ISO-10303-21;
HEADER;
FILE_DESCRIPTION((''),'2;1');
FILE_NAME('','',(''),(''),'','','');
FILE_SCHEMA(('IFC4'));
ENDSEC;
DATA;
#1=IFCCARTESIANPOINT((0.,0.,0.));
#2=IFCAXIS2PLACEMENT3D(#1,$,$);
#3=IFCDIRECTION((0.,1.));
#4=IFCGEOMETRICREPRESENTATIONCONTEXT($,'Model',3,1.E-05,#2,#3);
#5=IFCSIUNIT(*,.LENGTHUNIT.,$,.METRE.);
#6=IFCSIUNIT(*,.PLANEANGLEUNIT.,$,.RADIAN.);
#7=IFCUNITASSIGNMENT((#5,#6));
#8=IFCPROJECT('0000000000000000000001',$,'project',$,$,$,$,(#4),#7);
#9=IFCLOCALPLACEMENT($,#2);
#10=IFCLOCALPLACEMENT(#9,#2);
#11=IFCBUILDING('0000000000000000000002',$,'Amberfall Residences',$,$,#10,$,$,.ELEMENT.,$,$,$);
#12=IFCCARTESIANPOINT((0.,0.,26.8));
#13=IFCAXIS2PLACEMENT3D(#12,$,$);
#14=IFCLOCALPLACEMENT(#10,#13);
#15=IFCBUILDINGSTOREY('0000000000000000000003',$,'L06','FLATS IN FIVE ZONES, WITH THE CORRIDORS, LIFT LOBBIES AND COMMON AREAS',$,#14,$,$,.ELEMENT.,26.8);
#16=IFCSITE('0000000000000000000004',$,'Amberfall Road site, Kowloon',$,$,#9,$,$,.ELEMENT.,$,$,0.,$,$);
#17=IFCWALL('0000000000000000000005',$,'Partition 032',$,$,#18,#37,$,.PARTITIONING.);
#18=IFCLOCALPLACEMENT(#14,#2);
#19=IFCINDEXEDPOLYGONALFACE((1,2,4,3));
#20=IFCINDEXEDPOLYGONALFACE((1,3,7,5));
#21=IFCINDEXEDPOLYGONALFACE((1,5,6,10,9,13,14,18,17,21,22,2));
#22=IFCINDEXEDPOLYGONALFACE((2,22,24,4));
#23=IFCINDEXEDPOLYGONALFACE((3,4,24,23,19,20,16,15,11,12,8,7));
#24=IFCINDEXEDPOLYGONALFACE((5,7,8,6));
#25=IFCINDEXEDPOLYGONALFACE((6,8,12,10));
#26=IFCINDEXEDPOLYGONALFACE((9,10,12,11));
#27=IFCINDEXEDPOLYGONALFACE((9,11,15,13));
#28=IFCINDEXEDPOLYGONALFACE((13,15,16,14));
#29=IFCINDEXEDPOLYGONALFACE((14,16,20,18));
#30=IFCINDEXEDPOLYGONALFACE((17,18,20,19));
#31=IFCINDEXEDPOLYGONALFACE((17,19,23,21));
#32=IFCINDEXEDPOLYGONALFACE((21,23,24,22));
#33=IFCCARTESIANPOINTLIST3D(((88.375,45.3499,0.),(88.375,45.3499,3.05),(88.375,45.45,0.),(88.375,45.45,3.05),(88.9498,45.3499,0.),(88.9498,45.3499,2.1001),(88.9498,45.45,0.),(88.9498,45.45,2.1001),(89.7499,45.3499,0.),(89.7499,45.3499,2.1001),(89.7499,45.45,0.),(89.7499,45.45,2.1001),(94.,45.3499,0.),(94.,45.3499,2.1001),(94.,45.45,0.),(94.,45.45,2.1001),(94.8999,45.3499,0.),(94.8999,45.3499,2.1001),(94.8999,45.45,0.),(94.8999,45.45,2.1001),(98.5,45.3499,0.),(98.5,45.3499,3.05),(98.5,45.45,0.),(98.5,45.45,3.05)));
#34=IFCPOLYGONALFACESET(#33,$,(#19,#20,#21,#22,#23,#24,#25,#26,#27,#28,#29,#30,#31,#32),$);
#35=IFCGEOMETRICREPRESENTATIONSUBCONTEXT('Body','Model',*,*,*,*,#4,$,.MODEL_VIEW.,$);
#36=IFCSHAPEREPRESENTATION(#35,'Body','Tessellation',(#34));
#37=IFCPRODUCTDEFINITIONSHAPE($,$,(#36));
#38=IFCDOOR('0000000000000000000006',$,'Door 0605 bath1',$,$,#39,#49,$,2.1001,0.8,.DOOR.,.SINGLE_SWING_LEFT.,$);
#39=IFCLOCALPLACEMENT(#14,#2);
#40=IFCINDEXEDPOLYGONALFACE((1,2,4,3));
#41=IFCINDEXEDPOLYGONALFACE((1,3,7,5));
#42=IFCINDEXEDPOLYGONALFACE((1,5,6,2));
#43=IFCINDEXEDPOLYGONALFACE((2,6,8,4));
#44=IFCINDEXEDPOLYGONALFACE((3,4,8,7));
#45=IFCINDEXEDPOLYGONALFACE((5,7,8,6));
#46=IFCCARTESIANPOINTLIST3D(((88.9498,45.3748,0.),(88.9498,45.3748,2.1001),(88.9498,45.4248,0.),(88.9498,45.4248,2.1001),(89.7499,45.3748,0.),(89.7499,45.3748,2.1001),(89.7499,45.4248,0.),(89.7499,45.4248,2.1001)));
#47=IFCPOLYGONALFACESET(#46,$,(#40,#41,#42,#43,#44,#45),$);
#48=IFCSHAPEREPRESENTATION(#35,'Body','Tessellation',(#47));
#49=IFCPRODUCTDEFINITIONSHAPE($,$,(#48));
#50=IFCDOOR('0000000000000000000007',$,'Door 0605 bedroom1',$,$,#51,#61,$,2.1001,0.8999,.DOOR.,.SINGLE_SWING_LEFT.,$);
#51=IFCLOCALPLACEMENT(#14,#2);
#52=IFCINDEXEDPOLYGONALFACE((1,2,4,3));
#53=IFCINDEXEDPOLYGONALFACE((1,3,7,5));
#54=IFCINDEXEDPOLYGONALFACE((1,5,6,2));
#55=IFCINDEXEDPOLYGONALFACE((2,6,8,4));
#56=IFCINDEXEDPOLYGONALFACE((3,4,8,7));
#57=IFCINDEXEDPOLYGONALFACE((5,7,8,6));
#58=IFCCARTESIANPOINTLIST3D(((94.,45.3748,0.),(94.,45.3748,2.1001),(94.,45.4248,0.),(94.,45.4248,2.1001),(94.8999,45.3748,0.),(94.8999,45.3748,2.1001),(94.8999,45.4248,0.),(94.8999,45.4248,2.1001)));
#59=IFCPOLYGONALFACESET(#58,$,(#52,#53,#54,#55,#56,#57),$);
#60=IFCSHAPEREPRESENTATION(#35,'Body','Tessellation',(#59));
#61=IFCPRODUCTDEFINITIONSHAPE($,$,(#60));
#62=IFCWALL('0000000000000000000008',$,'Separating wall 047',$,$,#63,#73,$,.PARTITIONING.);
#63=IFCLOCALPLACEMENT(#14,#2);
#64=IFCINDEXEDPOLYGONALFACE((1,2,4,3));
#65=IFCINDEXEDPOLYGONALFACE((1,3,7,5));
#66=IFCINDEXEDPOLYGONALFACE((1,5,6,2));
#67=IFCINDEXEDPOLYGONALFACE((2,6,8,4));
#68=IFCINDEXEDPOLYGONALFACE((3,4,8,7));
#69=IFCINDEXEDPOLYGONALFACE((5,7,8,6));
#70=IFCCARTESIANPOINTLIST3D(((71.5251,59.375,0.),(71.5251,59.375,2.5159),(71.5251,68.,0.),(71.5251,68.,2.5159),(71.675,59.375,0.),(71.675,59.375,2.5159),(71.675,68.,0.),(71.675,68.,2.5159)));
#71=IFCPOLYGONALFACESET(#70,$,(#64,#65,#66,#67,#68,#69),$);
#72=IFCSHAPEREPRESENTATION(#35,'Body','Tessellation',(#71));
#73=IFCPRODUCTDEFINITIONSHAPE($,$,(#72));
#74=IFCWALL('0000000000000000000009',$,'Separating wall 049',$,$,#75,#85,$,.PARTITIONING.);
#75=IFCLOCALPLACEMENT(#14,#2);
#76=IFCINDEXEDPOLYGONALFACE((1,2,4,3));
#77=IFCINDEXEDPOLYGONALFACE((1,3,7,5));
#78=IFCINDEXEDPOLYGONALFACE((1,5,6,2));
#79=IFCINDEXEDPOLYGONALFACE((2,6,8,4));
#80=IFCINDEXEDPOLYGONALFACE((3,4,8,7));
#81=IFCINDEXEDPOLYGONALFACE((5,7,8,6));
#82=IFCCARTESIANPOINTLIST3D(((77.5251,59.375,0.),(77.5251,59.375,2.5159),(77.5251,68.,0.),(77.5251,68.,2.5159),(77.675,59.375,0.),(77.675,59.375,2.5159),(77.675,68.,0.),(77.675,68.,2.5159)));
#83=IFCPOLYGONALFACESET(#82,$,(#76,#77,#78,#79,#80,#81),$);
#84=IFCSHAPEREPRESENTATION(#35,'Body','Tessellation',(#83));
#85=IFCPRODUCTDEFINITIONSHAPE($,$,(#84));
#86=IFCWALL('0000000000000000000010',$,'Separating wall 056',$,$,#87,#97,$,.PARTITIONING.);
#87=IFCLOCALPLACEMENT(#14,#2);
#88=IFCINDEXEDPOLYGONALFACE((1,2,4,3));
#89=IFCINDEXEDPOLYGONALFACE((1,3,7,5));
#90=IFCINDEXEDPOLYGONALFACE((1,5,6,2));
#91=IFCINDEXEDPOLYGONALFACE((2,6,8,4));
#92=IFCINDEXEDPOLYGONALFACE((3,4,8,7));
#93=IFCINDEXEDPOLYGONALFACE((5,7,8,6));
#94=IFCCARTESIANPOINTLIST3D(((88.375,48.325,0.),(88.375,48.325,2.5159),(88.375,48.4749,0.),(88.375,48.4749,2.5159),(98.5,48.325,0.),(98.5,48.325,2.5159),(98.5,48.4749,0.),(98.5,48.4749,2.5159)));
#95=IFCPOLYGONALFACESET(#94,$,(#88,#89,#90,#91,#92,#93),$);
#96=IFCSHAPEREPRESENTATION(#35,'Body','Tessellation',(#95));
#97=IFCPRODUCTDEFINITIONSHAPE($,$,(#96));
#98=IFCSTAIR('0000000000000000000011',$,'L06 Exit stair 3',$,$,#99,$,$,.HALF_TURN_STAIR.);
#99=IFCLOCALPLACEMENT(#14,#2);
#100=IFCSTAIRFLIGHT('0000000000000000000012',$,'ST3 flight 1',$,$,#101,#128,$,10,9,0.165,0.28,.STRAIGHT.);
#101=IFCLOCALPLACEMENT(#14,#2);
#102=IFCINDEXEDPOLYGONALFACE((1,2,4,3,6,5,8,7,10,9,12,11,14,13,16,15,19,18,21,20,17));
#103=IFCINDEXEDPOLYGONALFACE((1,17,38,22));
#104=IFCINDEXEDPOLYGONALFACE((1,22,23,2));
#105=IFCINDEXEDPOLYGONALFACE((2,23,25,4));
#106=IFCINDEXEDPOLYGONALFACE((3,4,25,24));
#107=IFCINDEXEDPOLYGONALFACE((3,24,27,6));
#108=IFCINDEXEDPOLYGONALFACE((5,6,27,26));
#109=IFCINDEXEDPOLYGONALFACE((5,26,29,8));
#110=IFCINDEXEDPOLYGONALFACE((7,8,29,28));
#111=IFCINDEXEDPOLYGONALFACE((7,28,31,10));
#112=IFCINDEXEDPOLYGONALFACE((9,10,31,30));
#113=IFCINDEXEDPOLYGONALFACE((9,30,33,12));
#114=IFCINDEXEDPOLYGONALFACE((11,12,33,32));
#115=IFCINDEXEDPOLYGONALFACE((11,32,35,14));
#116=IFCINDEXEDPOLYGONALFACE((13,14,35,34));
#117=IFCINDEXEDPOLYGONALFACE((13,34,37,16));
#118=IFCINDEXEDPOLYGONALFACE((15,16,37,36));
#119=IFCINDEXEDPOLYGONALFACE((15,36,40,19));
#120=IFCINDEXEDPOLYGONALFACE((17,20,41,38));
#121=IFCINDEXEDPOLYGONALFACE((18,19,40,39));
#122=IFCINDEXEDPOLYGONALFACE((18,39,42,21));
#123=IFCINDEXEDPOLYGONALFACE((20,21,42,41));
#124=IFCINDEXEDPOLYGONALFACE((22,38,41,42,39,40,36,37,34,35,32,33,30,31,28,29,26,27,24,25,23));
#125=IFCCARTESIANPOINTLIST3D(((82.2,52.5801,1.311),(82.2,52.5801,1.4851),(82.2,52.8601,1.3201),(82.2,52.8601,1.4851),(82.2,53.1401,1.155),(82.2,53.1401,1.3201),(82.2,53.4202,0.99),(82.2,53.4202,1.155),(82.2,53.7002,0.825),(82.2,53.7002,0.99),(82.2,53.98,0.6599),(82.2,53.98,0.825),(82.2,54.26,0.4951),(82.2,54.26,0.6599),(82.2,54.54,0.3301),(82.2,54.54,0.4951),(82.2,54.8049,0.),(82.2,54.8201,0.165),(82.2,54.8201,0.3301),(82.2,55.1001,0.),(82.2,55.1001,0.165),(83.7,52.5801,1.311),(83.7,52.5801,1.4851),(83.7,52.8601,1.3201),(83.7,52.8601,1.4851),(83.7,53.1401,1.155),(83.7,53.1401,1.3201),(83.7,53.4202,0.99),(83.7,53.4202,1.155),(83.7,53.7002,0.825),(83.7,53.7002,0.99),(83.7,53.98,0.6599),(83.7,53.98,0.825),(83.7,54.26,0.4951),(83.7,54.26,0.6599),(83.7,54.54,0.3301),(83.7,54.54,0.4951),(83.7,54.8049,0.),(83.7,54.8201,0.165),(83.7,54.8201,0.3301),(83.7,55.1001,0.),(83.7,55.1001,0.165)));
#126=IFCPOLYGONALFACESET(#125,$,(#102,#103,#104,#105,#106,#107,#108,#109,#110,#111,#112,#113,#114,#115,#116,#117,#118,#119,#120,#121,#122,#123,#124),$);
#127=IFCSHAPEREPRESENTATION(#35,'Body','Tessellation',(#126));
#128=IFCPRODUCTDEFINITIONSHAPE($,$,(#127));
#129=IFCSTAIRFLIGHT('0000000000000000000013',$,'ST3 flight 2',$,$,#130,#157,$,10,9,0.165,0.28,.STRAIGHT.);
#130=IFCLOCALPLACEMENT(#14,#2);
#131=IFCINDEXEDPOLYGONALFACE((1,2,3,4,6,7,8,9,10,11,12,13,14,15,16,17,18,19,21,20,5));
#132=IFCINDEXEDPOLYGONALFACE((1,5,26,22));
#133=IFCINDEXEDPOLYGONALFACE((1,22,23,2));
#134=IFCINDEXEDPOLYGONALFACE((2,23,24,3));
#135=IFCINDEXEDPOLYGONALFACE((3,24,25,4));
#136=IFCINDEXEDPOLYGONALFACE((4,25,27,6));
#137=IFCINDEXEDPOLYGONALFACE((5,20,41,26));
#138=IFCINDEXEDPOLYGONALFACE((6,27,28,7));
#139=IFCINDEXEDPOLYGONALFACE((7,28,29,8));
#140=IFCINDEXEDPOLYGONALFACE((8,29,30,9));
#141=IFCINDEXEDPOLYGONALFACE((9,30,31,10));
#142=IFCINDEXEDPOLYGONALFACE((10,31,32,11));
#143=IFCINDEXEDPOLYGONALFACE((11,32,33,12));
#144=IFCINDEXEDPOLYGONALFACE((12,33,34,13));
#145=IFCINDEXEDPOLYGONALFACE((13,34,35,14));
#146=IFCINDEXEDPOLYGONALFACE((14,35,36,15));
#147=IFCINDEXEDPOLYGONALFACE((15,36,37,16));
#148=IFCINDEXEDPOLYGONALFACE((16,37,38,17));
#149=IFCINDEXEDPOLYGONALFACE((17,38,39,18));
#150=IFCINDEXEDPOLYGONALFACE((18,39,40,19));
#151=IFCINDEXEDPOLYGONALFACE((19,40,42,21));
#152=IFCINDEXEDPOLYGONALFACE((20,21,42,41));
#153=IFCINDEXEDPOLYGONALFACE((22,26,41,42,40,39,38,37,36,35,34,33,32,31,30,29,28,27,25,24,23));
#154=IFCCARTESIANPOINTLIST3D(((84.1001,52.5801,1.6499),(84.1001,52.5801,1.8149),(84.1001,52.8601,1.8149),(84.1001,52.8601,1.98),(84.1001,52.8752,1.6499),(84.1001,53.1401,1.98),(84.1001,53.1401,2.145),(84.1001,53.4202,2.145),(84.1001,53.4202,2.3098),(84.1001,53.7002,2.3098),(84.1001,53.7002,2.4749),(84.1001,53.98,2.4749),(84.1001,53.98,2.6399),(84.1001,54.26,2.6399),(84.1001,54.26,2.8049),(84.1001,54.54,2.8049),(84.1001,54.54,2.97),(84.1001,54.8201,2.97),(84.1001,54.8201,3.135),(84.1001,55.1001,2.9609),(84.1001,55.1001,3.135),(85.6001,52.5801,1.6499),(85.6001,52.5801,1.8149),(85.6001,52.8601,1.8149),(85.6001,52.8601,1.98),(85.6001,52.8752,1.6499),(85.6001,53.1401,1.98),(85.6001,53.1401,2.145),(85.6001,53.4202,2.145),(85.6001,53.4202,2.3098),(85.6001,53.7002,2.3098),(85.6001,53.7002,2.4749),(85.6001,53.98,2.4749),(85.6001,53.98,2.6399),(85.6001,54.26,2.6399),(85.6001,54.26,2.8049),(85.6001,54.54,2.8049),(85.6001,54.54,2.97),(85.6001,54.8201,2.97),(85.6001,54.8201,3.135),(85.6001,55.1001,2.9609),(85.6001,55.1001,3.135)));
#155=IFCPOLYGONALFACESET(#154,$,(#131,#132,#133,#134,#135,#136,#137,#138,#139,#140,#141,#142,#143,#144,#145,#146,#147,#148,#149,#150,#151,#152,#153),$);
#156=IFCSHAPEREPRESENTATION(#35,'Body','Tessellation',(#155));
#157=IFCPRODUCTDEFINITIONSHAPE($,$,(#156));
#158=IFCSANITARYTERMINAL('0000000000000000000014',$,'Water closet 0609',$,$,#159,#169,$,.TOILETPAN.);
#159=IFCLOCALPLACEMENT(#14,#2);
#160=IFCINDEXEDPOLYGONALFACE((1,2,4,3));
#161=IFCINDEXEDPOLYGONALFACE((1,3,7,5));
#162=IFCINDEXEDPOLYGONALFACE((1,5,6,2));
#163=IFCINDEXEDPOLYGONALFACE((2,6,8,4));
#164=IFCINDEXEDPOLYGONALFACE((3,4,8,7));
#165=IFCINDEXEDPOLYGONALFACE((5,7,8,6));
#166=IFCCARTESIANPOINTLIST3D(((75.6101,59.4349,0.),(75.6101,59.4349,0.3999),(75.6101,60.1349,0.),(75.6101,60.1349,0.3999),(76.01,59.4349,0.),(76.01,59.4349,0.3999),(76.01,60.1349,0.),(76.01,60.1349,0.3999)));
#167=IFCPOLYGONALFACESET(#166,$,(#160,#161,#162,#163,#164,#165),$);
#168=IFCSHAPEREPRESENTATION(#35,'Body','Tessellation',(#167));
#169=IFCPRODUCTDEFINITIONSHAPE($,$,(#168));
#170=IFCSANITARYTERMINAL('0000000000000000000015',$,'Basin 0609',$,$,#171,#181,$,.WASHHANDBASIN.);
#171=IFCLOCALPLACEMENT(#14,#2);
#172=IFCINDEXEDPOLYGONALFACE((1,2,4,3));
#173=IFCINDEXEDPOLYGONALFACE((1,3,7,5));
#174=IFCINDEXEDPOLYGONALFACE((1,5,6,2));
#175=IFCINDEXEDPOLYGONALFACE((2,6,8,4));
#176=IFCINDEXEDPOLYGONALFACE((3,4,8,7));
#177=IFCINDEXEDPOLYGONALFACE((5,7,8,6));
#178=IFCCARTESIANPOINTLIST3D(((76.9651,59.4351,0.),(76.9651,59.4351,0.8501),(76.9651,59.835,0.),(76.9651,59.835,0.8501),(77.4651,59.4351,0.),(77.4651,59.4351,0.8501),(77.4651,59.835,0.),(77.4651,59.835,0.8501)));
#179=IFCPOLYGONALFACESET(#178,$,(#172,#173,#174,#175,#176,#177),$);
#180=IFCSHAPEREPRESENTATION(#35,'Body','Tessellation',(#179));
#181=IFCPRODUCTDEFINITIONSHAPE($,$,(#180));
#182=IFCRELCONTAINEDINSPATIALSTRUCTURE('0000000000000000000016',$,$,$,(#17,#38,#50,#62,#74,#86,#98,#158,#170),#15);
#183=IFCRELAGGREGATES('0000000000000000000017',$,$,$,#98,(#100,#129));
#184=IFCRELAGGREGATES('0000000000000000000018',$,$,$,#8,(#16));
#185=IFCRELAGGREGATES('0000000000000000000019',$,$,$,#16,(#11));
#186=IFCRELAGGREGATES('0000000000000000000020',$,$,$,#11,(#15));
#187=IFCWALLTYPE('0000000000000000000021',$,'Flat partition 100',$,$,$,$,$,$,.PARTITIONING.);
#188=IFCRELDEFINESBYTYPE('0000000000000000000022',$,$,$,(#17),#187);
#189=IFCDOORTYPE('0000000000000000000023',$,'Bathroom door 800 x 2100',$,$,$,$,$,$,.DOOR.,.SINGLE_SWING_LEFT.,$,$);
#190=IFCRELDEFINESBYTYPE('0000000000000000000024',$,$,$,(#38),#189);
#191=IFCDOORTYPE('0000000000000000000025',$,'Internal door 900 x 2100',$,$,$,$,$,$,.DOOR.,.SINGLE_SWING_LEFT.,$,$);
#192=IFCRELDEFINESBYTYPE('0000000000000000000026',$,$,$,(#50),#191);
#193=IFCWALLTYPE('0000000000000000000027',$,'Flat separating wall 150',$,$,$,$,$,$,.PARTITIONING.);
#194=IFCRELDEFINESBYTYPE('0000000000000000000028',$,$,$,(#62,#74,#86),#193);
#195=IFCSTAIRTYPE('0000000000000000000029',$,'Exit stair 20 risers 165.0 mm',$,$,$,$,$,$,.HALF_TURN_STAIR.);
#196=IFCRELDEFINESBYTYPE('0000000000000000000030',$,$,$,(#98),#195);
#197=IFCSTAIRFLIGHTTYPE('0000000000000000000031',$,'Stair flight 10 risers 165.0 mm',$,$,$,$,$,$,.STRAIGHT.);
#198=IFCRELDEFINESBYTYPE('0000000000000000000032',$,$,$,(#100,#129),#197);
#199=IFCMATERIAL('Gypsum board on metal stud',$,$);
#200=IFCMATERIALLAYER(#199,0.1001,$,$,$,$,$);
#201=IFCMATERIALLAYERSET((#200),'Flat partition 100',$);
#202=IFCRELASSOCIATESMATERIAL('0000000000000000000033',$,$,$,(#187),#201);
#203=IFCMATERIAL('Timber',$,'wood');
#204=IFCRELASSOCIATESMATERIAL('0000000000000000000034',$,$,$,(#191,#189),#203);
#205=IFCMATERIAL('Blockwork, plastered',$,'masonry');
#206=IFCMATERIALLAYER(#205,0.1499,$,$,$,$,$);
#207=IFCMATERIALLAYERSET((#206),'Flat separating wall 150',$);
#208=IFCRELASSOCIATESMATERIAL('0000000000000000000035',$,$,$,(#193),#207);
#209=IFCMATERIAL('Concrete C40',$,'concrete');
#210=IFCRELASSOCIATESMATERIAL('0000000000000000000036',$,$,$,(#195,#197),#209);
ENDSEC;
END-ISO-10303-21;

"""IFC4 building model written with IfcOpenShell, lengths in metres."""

from ifc_helpers import new_model, si_unit, direction, frame, frame_2d, origin, origin_2d, place, context, subcontext, project, spatial, polyline, rectangle, outline, extrude, material, layer, layer_set, type_object, element, fill, aggregate, save


model = new_model("IFC4")

# Units and contexts
model_context = context("Model", 3, precision=1e-05, world=origin(), true_north=direction((0.0, 1.0)))
body_context = subcontext(model_context, "Body", "Model", "MODEL_VIEW")
ifc_project = project(units=[si_unit("LENGTHUNIT", "METRE"), si_unit("PLANEANGLEUNIT", "RADIAN")], contexts=[model_context])

# Site, building, storey
site_placement = place(None, origin())
site = spatial("IfcSite", under=ifc_project, at=site_placement, Name="Amberfall Road site, Kowloon", CompositionType="ELEMENT", RefElevation=0.0)
building_placement = place(site_placement, origin())
building = spatial("IfcBuilding", under=site, at=building_placement, Name="Amberfall Residences", CompositionType="ELEMENT")
storey_placement = place(building_placement, frame((0.0, 0.0, 26.8)))
storey = spatial("IfcBuildingStorey", under=building, at=storey_placement, Name="L06", Description="FLATS IN FIVE ZONES, WITH THE CORRIDORS, LIFT LOBBIES AND COMMON AREAS", CompositionType="ELEMENT", Elevation=26.8)

# Shared definitions
ifc_material_1 = material(Name="Gypsum board on metal stud")
ifc_layer_1 = layer(ifc_material_1, 0.1001)
ifc_layer_set_1 = layer_set([ifc_layer_1], Name="Flat partition 100")
wall_type_1 = type_object("IfcWallType", Name="Flat partition 100", PredefinedType="PARTITIONING", material=ifc_layer_set_1)
ifc_material_2 = material(Name="Timber", Category="wood")
door_type_1 = type_object("IfcDoorType", Name="Internal door 900 x 2100", OperationType="SINGLE_SWING_LEFT", PredefinedType="DOOR", material=ifc_material_2)

# Wall, openings, doors
wall_1_placement = place(storey_placement, frame((88.375, 45.3999, 0.0), z_axis=(0.0, 0.0, 1.0), x_axis=(1.0, 0.0, 0.0)))
wall_1 = element("IfcWall", 1, at=wall_1_placement, inside=storey, type_object=wall_type_1, Name="Partition 032", PredefinedType="PARTITIONING", context=body_context, shape_type="SweptSolid", body=[
    extrude(rectangle(XDim=10.125, YDim=0.1001, at=frame_2d((5.0625, 0.0))), origin(), (0.0, 0.0, 1.0), 3.05),
])
opening_1_placement = place(wall_1_placement, frame((5.625, 0.0, 0.0)))
opening_1 = element("IfcOpeningElement", 2, at=opening_1_placement, cuts=wall_1, PredefinedType="OPENING", context=body_context, shape_type="SweptSolid", body=[
    extrude(rectangle(XDim=0.8999, YDim=2.1001, at=frame_2d((0.45, 1.05))), frame((0.0, 0.0601, 0.0), z_axis=(0.0, -1.0, 0.0), x_axis=(1.0, 0.0, 0.0)), (0.0, 0.0, 1.0), 0.1201),
])
opening_2_placement = place(wall_1_placement, frame((0.575, 0.0, 0.0)))
opening_2 = element("IfcOpeningElement", 3, at=opening_2_placement, cuts=wall_1, PredefinedType="OPENING", context=body_context, shape_type="SweptSolid", body=[
    extrude(rectangle(XDim=0.8, YDim=2.1001, at=frame_2d((0.3999, 1.05))), frame((0.0, 0.0601, 0.0), z_axis=(0.0, -1.0, 0.0), x_axis=(1.0, 0.0, 0.0)), (0.0, 0.0, 1.0), 0.1201),
])
door_type_2 = type_object("IfcDoorType", Name="Bathroom door 800 x 2100", OperationType="SINGLE_SWING_LEFT", PredefinedType="DOOR", material=ifc_material_2)
door_1_placement = place(opening_2_placement, origin())
door_1 = element("IfcDoor", 4, at=door_1_placement, inside=storey, type_object=door_type_2, Name="Door 0605 bath1", OperationType="SINGLE_SWING_LEFT", OverallHeight=2.1001, OverallWidth=0.8, PredefinedType="DOOR", context=body_context, shape_type="SweptSolid", body=[
    extrude(rectangle(XDim=0.8, YDim=2.1001, at=frame_2d((0.3999, 1.05))), frame((0.0, 0.0249, 0.0), z_axis=(0.0, -1.0, 0.0), x_axis=(1.0, 0.0, 0.0)), (0.0, 0.0, 1.0), 0.05),
])
fill(opening_2, door_1)
door_2_placement = place(opening_1_placement, origin())
door_2 = element("IfcDoor", 5, at=door_2_placement, inside=storey, type_object=door_type_1, Name="Door 0605 bedroom1", OperationType="SINGLE_SWING_LEFT", OverallHeight=2.1001, OverallWidth=0.8999, PredefinedType="DOOR", context=body_context, shape_type="SweptSolid", body=[
    extrude(rectangle(XDim=0.8999, YDim=2.1001, at=frame_2d((0.45, 1.05))), frame((0.0, 0.0249, 0.0), z_axis=(0.0, -1.0, 0.0), x_axis=(1.0, 0.0, 0.0)), (0.0, 0.0, 1.0), 0.05),
])
fill(opening_1, door_2)

# Walls
ifc_material_3 = material(Name="Blockwork, plastered", Category="masonry")
ifc_layer_2 = layer(ifc_material_3, 0.1499)
ifc_layer_set_2 = layer_set([ifc_layer_2], Name="Flat separating wall 150")
wall_type_2 = type_object("IfcWallType", Name="Flat separating wall 150", PredefinedType="PARTITIONING", material=ifc_layer_set_2)
for number, where, z_axis, x_axis, name in (
    (6, (71.6001, 59.375, 0.0), (0.0, 0.0, 1.0), (0.0, 1.0, 0.0), "Separating wall 047"),
    (7, (77.6001, 59.375, 0.0), (0.0, 0.0, 1.0), (0.0, 1.0, 0.0), "Separating wall 049"),
):
    element("IfcWall", number, at=place(storey_placement, frame(where, z_axis=z_axis, x_axis=x_axis)), inside=storey, type_object=wall_type_2, Name=name, PredefinedType="PARTITIONING", context=body_context, shape_type="SweptSolid", body=[
        extrude(rectangle(XDim=8.625, YDim=0.1499, at=frame_2d((4.3125, 0.0))), origin(), (0.0, 0.0, 1.0), 2.5159),
    ])
wall_2_placement = place(storey_placement, frame((88.375, 48.3999, 0.0), z_axis=(0.0, 0.0, 1.0), x_axis=(1.0, 0.0, 0.0)))
element("IfcWall", 8, at=wall_2_placement, inside=storey, type_object=wall_type_2, Name="Separating wall 056", PredefinedType="PARTITIONING", context=body_context, shape_type="SweptSolid", body=[
    extrude(rectangle(XDim=10.125, YDim=0.1499, at=frame_2d((5.0625, 0.0))), origin(), (0.0, 0.0, 1.0), 2.5159),
])

# Stair, stair flights
ifc_material_4 = material(Name="Concrete C40", Category="concrete")
stair_type = type_object("IfcStairType", Name="Exit stair 20 risers 165.0 mm", PredefinedType="HALF_TURN_STAIR", material=ifc_material_4)
stair_placement = place(storey_placement, origin())
stair = element("IfcStair", 9, at=stair_placement, inside=storey, type_object=stair_type, Name="L06 Exit stair 3", PredefinedType="HALF_TURN_STAIR")
stair_flight_type = type_object("IfcStairFlightType", Name="Stair flight 10 risers 165.0 mm", PredefinedType="STRAIGHT", material=ifc_material_4)
stair_flight_1_placement = place(storey_placement, frame((82.95, 55.1001, 0.0), z_axis=(0.0, 0.0, 1.0), x_axis=(0.0, -1.0, 0.0)))
stair_flight_1 = element("IfcStairFlight", 10, at=stair_flight_1_placement, type_object=stair_flight_type, Name="ST3 flight 1", NumberOfRisers=10, NumberOfTreads=9, PredefinedType="STRAIGHT", RiserHeight=0.165, TreadLength=0.28, context=body_context, shape_type="SweptSolid", body=[
    extrude(outline(polyline([(0.0, 0.0), (0.0, 0.165), (0.28, 0.165), (0.28, 0.3301), (0.5601, 0.3301), (0.5601, 0.4951), (0.8401, 0.4951), (0.8401, 0.6599), (1.1201, 0.6599), (1.1201, 0.825), (1.3999, 0.825), (1.3999, 0.99), (1.6799, 0.99), (1.6799, 1.155), (1.96, 1.155), (1.96, 1.3201), (2.24, 1.3201), (2.24, 1.4851), (2.52, 1.4851), (2.52, 1.6499), (2.52, 1.311), (0.2952, 0.0), (0.0, 0.0)])), frame((0.0, 0.75, 0.0), z_axis=(0.0, -1.0, 0.0), x_axis=(1.0, 0.0, 0.0)), (0.0, 0.0, 1.0), 1.5),
])
stair_flight_2_placement = place(storey_placement, frame((84.8501, 52.5801, 1.6499), z_axis=(0.0, 0.0, 1.0), x_axis=(0.0, 1.0, 0.0)))
stair_flight_2 = element("IfcStairFlight", 11, at=stair_flight_2_placement, type_object=stair_flight_type, Name="ST3 flight 2", NumberOfRisers=10, NumberOfTreads=9, PredefinedType="STRAIGHT", RiserHeight=0.165, TreadLength=0.28, context=body_context, shape_type="SweptSolid", body=[
    extrude(outline(polyline([(0.0, 0.0), (0.0, 0.165), (0.28, 0.165), (0.28, 0.3301), (0.5601, 0.3301), (0.5601, 0.4951), (0.8401, 0.4951), (0.8401, 0.6599), (1.1201, 0.6599), (1.1201, 0.825), (1.3999, 0.825), (1.3999, 0.99), (1.6799, 0.99), (1.6799, 1.155), (1.96, 1.155), (1.96, 1.3201), (2.24, 1.3201), (2.24, 1.4851), (2.52, 1.4851), (2.52, 1.6499), (2.52, 1.311), (0.2952, 0.0), (0.0, 0.0)])), frame((0.0, 0.75, 0.0), z_axis=(0.0, -1.0, 0.0), x_axis=(1.0, 0.0, 0.0)), (0.0, 0.0, 1.0), 1.5),
])
aggregate(stair, [stair_flight_1, stair_flight_2])

# Sanitary terminals
sanitary_terminal_placement = place(storey_placement, frame((75.8101, 59.7849, 0.0), z_axis=(0.0, 0.0, 1.0), x_axis=(1.0, 0.0, 0.0)))
element("IfcSanitaryTerminal", 12, at=sanitary_terminal_placement, inside=storey, Name="Water closet 0609", PredefinedType="TOILETPAN", context=body_context, shape_type="SweptSolid", body=[
    extrude(rectangle(XDim=0.3999, YDim=0.7, at=origin_2d()), origin(), (0.0, 0.0, 1.0), 0.3999),
])
for number, where, z_axis, x_axis, name in (
    (13, (77.2151, 59.635, 0.0), (0.0, 0.0, 1.0), (1.0, 0.0, 0.0), "Basin 0609"),
):
    element("IfcSanitaryTerminal", number, at=place(storey_placement, frame(where, z_axis=z_axis, x_axis=x_axis)), inside=storey, Name=name, PredefinedType="WASHHANDBASIN", context=body_context, shape_type="SweptSolid", body=[
        extrude(rectangle(XDim=0.5, YDim=0.3999, at=origin_2d()), origin(), (0.0, 0.0, 1.0), 0.8501),
    ])

save(model, "model.ifc")
